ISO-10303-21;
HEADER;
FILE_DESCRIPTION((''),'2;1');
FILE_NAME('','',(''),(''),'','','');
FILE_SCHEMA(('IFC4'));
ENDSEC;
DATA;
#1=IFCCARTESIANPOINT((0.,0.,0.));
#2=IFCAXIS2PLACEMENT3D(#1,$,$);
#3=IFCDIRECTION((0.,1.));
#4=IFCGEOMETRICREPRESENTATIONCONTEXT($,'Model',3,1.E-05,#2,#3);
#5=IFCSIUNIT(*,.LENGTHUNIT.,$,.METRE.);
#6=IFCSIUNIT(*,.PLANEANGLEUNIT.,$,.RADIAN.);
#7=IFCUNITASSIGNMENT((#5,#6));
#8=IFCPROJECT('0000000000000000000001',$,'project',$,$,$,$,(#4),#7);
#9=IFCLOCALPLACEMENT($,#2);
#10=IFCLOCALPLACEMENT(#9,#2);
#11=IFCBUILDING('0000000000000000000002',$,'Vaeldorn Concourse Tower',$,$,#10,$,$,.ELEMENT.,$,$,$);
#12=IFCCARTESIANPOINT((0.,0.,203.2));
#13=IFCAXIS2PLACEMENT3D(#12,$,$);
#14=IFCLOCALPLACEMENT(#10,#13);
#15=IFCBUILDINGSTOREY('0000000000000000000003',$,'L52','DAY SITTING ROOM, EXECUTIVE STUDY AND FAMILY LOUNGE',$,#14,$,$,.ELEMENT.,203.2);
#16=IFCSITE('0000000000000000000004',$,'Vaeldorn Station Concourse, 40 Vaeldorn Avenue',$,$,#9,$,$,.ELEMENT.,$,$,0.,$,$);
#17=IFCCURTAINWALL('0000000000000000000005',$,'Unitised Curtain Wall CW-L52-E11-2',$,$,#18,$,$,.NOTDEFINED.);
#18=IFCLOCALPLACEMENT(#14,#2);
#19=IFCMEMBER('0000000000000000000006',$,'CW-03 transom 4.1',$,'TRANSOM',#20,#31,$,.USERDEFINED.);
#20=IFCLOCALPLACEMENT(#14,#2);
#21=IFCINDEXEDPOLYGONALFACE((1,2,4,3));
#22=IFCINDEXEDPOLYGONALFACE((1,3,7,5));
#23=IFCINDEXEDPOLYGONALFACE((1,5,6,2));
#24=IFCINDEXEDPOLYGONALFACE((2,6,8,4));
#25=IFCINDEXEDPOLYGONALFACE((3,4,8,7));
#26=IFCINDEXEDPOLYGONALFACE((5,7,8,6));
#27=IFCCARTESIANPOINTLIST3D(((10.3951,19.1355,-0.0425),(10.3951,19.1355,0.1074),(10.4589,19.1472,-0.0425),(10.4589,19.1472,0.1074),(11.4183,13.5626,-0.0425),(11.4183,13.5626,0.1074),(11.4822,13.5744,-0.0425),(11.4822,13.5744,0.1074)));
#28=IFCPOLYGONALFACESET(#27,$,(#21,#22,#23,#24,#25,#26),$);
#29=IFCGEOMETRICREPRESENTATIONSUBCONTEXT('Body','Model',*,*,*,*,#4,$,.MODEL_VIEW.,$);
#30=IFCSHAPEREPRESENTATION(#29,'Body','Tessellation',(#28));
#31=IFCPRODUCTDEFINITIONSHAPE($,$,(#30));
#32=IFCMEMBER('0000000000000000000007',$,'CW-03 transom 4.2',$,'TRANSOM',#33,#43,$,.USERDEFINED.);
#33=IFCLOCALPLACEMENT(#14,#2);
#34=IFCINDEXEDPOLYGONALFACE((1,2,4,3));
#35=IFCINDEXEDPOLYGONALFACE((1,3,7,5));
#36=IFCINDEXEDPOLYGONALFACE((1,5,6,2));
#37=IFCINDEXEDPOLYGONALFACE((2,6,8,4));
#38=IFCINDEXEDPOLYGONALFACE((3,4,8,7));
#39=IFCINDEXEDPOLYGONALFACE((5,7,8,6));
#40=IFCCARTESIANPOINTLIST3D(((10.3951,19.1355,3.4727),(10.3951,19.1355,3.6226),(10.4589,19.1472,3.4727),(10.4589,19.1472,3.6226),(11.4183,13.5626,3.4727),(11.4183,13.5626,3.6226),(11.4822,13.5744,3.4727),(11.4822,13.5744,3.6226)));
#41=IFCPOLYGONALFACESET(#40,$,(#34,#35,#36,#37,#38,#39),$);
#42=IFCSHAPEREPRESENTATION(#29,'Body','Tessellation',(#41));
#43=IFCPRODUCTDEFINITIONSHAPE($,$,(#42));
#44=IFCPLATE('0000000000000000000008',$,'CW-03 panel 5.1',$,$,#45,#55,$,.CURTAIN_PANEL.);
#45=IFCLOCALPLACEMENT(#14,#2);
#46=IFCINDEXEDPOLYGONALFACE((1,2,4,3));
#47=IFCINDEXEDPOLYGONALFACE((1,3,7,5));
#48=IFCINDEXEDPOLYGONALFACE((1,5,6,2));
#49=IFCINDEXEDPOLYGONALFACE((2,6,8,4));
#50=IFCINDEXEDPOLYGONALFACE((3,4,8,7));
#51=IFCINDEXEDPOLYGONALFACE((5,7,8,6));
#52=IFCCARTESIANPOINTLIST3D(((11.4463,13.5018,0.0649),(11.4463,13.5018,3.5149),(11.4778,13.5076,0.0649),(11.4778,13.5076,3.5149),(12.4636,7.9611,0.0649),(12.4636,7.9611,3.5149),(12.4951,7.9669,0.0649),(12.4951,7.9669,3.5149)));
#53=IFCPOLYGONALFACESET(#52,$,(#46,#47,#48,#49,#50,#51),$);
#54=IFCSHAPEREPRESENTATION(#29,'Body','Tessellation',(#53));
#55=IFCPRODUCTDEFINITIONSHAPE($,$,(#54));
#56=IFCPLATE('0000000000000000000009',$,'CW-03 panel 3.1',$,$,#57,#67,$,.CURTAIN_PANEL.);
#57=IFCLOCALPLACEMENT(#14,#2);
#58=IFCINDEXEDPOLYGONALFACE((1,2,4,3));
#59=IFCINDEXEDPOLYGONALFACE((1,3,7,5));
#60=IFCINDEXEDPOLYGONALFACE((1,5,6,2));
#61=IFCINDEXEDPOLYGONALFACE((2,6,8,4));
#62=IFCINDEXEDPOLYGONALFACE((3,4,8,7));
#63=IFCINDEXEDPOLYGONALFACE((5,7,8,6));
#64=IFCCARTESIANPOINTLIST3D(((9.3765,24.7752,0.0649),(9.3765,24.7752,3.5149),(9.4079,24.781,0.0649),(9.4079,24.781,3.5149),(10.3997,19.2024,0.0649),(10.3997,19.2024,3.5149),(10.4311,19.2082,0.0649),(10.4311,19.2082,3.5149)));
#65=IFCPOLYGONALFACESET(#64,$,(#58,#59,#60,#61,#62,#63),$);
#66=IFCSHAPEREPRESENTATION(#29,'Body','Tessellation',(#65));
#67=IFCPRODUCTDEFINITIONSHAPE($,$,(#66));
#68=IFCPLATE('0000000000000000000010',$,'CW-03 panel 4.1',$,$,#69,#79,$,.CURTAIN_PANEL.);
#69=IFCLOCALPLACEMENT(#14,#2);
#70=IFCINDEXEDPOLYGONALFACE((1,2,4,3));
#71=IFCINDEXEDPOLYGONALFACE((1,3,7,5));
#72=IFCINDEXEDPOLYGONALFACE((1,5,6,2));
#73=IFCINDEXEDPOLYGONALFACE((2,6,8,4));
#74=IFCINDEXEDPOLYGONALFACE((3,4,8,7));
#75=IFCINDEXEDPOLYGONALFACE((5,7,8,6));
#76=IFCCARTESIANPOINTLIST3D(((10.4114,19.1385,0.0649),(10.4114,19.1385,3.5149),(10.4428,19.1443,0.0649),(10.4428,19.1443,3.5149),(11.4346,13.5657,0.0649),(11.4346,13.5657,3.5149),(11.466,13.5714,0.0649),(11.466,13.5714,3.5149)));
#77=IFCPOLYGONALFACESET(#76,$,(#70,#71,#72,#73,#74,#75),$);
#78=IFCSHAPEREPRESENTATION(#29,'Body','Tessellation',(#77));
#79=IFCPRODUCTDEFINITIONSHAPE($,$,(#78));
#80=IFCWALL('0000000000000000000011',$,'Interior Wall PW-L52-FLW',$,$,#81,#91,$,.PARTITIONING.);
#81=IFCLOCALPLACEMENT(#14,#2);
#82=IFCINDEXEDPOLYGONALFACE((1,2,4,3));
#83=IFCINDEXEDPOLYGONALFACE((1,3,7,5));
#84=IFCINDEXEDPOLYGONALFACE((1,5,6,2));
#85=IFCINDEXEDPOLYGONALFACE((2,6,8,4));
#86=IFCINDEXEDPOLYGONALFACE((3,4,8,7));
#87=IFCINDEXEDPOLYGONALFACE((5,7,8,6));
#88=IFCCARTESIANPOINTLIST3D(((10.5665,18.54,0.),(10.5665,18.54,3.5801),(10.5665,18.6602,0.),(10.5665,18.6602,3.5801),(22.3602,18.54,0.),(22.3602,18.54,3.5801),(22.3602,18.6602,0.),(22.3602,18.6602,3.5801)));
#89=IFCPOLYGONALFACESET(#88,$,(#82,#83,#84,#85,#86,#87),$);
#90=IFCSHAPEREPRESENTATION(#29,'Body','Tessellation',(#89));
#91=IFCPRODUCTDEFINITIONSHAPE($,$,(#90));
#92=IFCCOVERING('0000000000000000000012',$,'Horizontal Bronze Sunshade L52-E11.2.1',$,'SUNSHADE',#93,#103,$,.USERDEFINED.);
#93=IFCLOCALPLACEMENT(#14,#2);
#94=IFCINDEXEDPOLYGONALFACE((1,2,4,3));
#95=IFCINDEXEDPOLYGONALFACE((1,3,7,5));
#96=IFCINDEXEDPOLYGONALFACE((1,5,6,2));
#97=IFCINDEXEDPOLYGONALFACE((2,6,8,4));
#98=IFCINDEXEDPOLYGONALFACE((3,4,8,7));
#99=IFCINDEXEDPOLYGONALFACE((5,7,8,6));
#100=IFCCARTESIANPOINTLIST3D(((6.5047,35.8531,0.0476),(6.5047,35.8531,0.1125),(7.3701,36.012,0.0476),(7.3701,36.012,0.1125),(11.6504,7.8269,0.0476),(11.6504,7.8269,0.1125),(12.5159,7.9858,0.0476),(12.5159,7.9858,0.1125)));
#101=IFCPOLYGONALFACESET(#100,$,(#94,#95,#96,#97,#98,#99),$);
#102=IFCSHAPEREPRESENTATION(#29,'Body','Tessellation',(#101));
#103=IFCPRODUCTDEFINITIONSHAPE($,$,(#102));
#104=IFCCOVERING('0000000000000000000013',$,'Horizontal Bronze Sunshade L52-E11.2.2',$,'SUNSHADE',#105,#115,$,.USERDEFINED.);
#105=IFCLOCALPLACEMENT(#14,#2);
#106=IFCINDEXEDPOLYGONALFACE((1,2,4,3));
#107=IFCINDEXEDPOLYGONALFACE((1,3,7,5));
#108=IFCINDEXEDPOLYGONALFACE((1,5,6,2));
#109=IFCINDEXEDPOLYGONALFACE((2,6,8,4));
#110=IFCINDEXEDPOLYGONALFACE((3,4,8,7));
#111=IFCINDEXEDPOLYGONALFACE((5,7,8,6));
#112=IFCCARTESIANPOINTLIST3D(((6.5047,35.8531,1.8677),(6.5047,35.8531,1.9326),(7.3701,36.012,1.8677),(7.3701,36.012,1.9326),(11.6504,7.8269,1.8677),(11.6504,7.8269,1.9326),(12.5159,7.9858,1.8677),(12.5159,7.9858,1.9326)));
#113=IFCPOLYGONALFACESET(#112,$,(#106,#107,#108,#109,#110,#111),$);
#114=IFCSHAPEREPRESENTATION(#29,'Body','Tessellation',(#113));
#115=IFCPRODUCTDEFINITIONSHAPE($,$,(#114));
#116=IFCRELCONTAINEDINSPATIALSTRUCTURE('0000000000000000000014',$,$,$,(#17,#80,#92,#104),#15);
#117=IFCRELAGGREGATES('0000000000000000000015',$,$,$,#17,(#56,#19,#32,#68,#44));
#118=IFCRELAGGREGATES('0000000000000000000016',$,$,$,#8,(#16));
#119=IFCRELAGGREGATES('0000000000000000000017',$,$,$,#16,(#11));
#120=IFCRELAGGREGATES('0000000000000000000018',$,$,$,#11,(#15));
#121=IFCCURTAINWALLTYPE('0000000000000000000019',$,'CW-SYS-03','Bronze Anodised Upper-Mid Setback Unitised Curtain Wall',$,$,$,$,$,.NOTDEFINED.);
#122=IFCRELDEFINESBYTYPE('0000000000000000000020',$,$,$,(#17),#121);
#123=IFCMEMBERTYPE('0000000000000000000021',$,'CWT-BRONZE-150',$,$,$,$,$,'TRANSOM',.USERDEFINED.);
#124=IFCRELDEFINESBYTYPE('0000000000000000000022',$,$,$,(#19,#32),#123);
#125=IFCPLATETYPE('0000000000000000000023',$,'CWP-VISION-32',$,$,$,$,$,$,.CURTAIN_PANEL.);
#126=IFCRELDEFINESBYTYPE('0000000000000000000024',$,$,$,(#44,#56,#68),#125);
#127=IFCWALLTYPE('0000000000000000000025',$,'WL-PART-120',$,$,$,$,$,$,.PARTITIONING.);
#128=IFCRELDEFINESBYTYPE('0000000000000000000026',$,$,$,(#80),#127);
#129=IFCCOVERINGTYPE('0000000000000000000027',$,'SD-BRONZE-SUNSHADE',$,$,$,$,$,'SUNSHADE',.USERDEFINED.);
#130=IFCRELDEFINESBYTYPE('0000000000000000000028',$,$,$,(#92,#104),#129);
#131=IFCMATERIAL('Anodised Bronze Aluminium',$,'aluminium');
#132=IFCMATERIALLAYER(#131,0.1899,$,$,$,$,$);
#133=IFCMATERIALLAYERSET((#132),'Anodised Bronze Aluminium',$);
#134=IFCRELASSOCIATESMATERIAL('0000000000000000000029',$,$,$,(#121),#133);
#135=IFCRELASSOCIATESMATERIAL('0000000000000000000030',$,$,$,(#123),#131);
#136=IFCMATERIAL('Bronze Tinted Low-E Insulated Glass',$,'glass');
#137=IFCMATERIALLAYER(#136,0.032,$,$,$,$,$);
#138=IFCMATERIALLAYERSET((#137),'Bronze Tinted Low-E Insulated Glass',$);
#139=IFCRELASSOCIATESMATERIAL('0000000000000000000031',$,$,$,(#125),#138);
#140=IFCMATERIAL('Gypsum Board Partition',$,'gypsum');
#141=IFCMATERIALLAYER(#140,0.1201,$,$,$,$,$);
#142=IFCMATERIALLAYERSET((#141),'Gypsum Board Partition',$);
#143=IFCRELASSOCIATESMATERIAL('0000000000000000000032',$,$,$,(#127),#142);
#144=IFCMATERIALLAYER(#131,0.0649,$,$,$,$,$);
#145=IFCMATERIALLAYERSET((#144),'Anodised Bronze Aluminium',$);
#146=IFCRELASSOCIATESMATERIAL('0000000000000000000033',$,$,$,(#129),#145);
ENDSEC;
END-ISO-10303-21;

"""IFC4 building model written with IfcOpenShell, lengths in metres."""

from ifc_helpers import new_model, si_unit, direction, frame, frame_2d, origin, origin_2d, place, context, subcontext, project, spatial, rectangle, extrude, source, transform, mapped, material, layer, layer_set, material_profile, profile_set, type_object, element, aggregate, save


model = new_model("IFC4")

# Units and contexts
model_context = context("Model", 3, precision=1e-05, world=origin(), true_north=direction((0.0, 1.0)))
body_context = subcontext(model_context, "Body", "Model", "MODEL_VIEW")
ifc_project = project(units=[si_unit("LENGTHUNIT", "METRE"), si_unit("PLANEANGLEUNIT", "RADIAN")], contexts=[model_context])

# Site, building, storey
site_placement = place(None, origin())
site = spatial("IfcSite", under=ifc_project, at=site_placement, Name="Vaeldorn Station Concourse, 40 Vaeldorn Avenue", CompositionType="ELEMENT", RefElevation=0.0)
building_placement = place(site_placement, origin())
building = spatial("IfcBuilding", under=site, at=building_placement, Name="Vaeldorn Concourse Tower", CompositionType="ELEMENT")
storey_placement = place(building_placement, frame((0.0, 0.0, 203.2)))
storey = spatial("IfcBuildingStorey", under=building, at=storey_placement, Name="L52", Description="DAY SITTING ROOM, EXECUTIVE STUDY AND FAMILY LOUNGE", CompositionType="ELEMENT", Elevation=203.2)

# Curtain wall
ifc_material_1 = material(Name="Anodised Bronze Aluminium", Category="aluminium")
ifc_layer_1 = layer(ifc_material_1, 0.1899)
ifc_layer_set_1 = layer_set([ifc_layer_1], Name="Anodised Bronze Aluminium")
curtain_wall_type = type_object("IfcCurtainWallType", Name="CW-SYS-03", Description="Bronze Anodised Upper-Mid Setback Unitised Curtain Wall", PredefinedType="NOTDEFINED", material=ifc_layer_set_1)
curtain_wall_1_placement = place(storey_placement, origin())
curtain_wall_1 = element("IfcCurtainWall", 1, at=curtain_wall_1_placement, inside=storey, type_object=curtain_wall_type, Name="Unitised Curtain Wall CW-L52-E11-2", PredefinedType="NOTDEFINED")
ifc_material_profile_1 = material_profile(ifc_material_1, rectangle(XDim=0.0649, YDim=0.1499, at=origin_2d()), Name="CWT 65x150")
ifc_profile_set_1 = profile_set([ifc_material_profile_1], Name="Anodised Bronze Aluminium")
member_type_1 = type_object("IfcMemberType", Name="CWT-BRONZE-150", ElementType="TRANSOM", PredefinedType="USERDEFINED", material=ifc_profile_set_1)

# Members
shared_shape_1 = source(origin(), body_context, "Body", "SweptSolid", [
    extrude(rectangle(XDim=0.0649, YDim=0.1499, at=origin_2d()), origin(), (0.0, 0.0, 1.0), 5.666),
])
member_1_placement = place(storey_placement, frame((10.427, 19.1414, 0.0325), z_axis=(0.180588, -0.983559, 0.0), x_axis=(0.983559, 0.180588, 0.0)))
member_1 = element("IfcMember", 2, at=member_1_placement, type_object=member_type_1, Name="CW-03 transom 4.1", ObjectType="TRANSOM", PredefinedType="USERDEFINED", context=body_context, shape_type="MappedRepresentation", body=[
    mapped(shared_shape_1, transform((0.0, 0.0, 0.0), scale=1.0)),
])
member_2_placement = place(storey_placement, frame((10.427, 19.1414, 3.5476), z_axis=(0.180588, -0.983559, 0.0), x_axis=(0.983559, 0.180588, 0.0)))
member_2 = element("IfcMember", 3, at=member_2_placement, type_object=member_type_1, Name="CW-03 transom 4.2", ObjectType="TRANSOM", PredefinedType="USERDEFINED", context=body_context, shape_type="MappedRepresentation", body=[
    mapped(shared_shape_1, transform((0.0, 0.0, 0.0), scale=1.0)),
])

# Plates
ifc_material_2 = material(Name="Bronze Tinted Low-E Insulated Glass", Category="glass")
ifc_layer_2 = layer(ifc_material_2, 0.032)
ifc_layer_set_2 = layer_set([ifc_layer_2], Name="Bronze Tinted Low-E Insulated Glass")
plate_type = type_object("IfcPlateType", Name="CWP-VISION-32", PredefinedType="CURTAIN_PANEL", material=ifc_layer_set_2)
shared_shape_2 = source(origin(), body_context, "Body", "SweptSolid", [
    extrude(rectangle(XDim=5.6333, YDim=0.032, at=origin_2d()), origin(), (0.0, 0.0, 1.0), 3.45),
])
plate_1_placement = place(storey_placement, frame((11.9707, 10.7344, 0.0649), z_axis=(0.0, 0.0, 1.0), x_axis=(0.180585, -0.983559, 0.0)))
plate_1 = element("IfcPlate", 4, at=plate_1_placement, type_object=plate_type, Name="CW-03 panel 5.1", PredefinedType="CURTAIN_PANEL", context=body_context, shape_type="MappedRepresentation", body=[
    mapped(shared_shape_2, transform((0.0, 0.0, 0.0), scale=1.0)),
])
shared_shape_3 = source(origin(), body_context, "Body", "SweptSolid", [
    extrude(rectangle(XDim=5.666, YDim=0.032, at=origin_2d()), origin(), (0.0, 0.0, 1.0), 3.45),
])
plate_2_placement = place(storey_placement, frame((9.9038, 21.9917, 0.0649), z_axis=(0.0, 0.0, 1.0), x_axis=(0.180585, -0.983559, 0.0)))
plate_2 = element("IfcPlate", 5, at=plate_2_placement, type_object=plate_type, Name="CW-03 panel 3.1", PredefinedType="CURTAIN_PANEL", context=body_context, shape_type="MappedRepresentation", body=[
    mapped(shared_shape_3, transform((0.0, 0.0, 0.0), scale=1.0)),
])
plate_3_placement = place(storey_placement, frame((10.9387, 16.355, 0.0649), z_axis=(0.0, 0.0, 1.0), x_axis=(0.180585, -0.983559, 0.0)))
plate_3 = element("IfcPlate", 6, at=plate_3_placement, type_object=plate_type, Name="CW-03 panel 4.1", PredefinedType="CURTAIN_PANEL", context=body_context, shape_type="MappedRepresentation", body=[
    mapped(shared_shape_3, transform((0.0, 0.0, 0.0), scale=1.0)),
])
aggregate(curtain_wall_1, [plate_2, member_1, member_2, plate_3, plate_1])

# Wall
ifc_material_3 = material(Name="Gypsum Board Partition", Category="gypsum")
ifc_layer_3 = layer(ifc_material_3, 0.1201)
ifc_layer_set_3 = layer_set([ifc_layer_3], Name="Gypsum Board Partition")
wall_type = type_object("IfcWallType", Name="WL-PART-120", PredefinedType="PARTITIONING", material=ifc_layer_set_3)
wall_placement = place(storey_placement, frame((10.5664, 18.6001, 0.0), z_axis=(0.0, 0.0, 1.0), x_axis=(1.0, 0.0, 0.0)))
element("IfcWall", 7, at=wall_placement, inside=storey, type_object=wall_type, Name="Interior Wall PW-L52-FLW", PredefinedType="PARTITIONING", context=body_context, shape_type="SweptSolid", body=[
    extrude(rectangle(XDim=11.7937, YDim=0.1201, at=frame_2d((5.897, 0.0))), origin(), (0.0, 0.0, 1.0), 3.5801),
])

# Coverings
ifc_layer_4 = layer(ifc_material_1, 0.0649)
ifc_layer_set_4 = layer_set([ifc_layer_4], Name="Anodised Bronze Aluminium")
covering_type = type_object("IfcCoveringType", Name="SD-BRONZE-SUNSHADE", ElementType="SUNSHADE", PredefinedType="USERDEFINED", material=ifc_layer_set_4)
shared_shape_4 = source(origin(), body_context, "Body", "SweptSolid", [
    extrude(rectangle(XDim=28.4946, YDim=0.8799, at=origin_2d()), origin(), (0.0, 0.0, 1.0), 0.0649),
])
for number, where, z_axis, x_axis, name in (
    (8, (9.5103, 21.9194, 0.0476), (0.0, 0.0, 1.0), (0.180588, -0.983559, 0.0), "Horizontal Bronze Sunshade L52-E11.2.1"),
    (9, (9.5103, 21.9194, 1.8677), (0.0, 0.0, 1.0), (0.180588, -0.983559, 0.0), "Horizontal Bronze Sunshade L52-E11.2.2"),
):
    element("IfcCovering", number, at=place(storey_placement, frame(where, z_axis=z_axis, x_axis=x_axis)), inside=storey, type_object=covering_type, Name=name, ObjectType="SUNSHADE", PredefinedType="USERDEFINED", context=body_context, shape_type="MappedRepresentation", body=[
        mapped(shared_shape_4, transform((0.0, 0.0, 0.0), scale=1.0)),
    ])

save(model, "model.ifc")
